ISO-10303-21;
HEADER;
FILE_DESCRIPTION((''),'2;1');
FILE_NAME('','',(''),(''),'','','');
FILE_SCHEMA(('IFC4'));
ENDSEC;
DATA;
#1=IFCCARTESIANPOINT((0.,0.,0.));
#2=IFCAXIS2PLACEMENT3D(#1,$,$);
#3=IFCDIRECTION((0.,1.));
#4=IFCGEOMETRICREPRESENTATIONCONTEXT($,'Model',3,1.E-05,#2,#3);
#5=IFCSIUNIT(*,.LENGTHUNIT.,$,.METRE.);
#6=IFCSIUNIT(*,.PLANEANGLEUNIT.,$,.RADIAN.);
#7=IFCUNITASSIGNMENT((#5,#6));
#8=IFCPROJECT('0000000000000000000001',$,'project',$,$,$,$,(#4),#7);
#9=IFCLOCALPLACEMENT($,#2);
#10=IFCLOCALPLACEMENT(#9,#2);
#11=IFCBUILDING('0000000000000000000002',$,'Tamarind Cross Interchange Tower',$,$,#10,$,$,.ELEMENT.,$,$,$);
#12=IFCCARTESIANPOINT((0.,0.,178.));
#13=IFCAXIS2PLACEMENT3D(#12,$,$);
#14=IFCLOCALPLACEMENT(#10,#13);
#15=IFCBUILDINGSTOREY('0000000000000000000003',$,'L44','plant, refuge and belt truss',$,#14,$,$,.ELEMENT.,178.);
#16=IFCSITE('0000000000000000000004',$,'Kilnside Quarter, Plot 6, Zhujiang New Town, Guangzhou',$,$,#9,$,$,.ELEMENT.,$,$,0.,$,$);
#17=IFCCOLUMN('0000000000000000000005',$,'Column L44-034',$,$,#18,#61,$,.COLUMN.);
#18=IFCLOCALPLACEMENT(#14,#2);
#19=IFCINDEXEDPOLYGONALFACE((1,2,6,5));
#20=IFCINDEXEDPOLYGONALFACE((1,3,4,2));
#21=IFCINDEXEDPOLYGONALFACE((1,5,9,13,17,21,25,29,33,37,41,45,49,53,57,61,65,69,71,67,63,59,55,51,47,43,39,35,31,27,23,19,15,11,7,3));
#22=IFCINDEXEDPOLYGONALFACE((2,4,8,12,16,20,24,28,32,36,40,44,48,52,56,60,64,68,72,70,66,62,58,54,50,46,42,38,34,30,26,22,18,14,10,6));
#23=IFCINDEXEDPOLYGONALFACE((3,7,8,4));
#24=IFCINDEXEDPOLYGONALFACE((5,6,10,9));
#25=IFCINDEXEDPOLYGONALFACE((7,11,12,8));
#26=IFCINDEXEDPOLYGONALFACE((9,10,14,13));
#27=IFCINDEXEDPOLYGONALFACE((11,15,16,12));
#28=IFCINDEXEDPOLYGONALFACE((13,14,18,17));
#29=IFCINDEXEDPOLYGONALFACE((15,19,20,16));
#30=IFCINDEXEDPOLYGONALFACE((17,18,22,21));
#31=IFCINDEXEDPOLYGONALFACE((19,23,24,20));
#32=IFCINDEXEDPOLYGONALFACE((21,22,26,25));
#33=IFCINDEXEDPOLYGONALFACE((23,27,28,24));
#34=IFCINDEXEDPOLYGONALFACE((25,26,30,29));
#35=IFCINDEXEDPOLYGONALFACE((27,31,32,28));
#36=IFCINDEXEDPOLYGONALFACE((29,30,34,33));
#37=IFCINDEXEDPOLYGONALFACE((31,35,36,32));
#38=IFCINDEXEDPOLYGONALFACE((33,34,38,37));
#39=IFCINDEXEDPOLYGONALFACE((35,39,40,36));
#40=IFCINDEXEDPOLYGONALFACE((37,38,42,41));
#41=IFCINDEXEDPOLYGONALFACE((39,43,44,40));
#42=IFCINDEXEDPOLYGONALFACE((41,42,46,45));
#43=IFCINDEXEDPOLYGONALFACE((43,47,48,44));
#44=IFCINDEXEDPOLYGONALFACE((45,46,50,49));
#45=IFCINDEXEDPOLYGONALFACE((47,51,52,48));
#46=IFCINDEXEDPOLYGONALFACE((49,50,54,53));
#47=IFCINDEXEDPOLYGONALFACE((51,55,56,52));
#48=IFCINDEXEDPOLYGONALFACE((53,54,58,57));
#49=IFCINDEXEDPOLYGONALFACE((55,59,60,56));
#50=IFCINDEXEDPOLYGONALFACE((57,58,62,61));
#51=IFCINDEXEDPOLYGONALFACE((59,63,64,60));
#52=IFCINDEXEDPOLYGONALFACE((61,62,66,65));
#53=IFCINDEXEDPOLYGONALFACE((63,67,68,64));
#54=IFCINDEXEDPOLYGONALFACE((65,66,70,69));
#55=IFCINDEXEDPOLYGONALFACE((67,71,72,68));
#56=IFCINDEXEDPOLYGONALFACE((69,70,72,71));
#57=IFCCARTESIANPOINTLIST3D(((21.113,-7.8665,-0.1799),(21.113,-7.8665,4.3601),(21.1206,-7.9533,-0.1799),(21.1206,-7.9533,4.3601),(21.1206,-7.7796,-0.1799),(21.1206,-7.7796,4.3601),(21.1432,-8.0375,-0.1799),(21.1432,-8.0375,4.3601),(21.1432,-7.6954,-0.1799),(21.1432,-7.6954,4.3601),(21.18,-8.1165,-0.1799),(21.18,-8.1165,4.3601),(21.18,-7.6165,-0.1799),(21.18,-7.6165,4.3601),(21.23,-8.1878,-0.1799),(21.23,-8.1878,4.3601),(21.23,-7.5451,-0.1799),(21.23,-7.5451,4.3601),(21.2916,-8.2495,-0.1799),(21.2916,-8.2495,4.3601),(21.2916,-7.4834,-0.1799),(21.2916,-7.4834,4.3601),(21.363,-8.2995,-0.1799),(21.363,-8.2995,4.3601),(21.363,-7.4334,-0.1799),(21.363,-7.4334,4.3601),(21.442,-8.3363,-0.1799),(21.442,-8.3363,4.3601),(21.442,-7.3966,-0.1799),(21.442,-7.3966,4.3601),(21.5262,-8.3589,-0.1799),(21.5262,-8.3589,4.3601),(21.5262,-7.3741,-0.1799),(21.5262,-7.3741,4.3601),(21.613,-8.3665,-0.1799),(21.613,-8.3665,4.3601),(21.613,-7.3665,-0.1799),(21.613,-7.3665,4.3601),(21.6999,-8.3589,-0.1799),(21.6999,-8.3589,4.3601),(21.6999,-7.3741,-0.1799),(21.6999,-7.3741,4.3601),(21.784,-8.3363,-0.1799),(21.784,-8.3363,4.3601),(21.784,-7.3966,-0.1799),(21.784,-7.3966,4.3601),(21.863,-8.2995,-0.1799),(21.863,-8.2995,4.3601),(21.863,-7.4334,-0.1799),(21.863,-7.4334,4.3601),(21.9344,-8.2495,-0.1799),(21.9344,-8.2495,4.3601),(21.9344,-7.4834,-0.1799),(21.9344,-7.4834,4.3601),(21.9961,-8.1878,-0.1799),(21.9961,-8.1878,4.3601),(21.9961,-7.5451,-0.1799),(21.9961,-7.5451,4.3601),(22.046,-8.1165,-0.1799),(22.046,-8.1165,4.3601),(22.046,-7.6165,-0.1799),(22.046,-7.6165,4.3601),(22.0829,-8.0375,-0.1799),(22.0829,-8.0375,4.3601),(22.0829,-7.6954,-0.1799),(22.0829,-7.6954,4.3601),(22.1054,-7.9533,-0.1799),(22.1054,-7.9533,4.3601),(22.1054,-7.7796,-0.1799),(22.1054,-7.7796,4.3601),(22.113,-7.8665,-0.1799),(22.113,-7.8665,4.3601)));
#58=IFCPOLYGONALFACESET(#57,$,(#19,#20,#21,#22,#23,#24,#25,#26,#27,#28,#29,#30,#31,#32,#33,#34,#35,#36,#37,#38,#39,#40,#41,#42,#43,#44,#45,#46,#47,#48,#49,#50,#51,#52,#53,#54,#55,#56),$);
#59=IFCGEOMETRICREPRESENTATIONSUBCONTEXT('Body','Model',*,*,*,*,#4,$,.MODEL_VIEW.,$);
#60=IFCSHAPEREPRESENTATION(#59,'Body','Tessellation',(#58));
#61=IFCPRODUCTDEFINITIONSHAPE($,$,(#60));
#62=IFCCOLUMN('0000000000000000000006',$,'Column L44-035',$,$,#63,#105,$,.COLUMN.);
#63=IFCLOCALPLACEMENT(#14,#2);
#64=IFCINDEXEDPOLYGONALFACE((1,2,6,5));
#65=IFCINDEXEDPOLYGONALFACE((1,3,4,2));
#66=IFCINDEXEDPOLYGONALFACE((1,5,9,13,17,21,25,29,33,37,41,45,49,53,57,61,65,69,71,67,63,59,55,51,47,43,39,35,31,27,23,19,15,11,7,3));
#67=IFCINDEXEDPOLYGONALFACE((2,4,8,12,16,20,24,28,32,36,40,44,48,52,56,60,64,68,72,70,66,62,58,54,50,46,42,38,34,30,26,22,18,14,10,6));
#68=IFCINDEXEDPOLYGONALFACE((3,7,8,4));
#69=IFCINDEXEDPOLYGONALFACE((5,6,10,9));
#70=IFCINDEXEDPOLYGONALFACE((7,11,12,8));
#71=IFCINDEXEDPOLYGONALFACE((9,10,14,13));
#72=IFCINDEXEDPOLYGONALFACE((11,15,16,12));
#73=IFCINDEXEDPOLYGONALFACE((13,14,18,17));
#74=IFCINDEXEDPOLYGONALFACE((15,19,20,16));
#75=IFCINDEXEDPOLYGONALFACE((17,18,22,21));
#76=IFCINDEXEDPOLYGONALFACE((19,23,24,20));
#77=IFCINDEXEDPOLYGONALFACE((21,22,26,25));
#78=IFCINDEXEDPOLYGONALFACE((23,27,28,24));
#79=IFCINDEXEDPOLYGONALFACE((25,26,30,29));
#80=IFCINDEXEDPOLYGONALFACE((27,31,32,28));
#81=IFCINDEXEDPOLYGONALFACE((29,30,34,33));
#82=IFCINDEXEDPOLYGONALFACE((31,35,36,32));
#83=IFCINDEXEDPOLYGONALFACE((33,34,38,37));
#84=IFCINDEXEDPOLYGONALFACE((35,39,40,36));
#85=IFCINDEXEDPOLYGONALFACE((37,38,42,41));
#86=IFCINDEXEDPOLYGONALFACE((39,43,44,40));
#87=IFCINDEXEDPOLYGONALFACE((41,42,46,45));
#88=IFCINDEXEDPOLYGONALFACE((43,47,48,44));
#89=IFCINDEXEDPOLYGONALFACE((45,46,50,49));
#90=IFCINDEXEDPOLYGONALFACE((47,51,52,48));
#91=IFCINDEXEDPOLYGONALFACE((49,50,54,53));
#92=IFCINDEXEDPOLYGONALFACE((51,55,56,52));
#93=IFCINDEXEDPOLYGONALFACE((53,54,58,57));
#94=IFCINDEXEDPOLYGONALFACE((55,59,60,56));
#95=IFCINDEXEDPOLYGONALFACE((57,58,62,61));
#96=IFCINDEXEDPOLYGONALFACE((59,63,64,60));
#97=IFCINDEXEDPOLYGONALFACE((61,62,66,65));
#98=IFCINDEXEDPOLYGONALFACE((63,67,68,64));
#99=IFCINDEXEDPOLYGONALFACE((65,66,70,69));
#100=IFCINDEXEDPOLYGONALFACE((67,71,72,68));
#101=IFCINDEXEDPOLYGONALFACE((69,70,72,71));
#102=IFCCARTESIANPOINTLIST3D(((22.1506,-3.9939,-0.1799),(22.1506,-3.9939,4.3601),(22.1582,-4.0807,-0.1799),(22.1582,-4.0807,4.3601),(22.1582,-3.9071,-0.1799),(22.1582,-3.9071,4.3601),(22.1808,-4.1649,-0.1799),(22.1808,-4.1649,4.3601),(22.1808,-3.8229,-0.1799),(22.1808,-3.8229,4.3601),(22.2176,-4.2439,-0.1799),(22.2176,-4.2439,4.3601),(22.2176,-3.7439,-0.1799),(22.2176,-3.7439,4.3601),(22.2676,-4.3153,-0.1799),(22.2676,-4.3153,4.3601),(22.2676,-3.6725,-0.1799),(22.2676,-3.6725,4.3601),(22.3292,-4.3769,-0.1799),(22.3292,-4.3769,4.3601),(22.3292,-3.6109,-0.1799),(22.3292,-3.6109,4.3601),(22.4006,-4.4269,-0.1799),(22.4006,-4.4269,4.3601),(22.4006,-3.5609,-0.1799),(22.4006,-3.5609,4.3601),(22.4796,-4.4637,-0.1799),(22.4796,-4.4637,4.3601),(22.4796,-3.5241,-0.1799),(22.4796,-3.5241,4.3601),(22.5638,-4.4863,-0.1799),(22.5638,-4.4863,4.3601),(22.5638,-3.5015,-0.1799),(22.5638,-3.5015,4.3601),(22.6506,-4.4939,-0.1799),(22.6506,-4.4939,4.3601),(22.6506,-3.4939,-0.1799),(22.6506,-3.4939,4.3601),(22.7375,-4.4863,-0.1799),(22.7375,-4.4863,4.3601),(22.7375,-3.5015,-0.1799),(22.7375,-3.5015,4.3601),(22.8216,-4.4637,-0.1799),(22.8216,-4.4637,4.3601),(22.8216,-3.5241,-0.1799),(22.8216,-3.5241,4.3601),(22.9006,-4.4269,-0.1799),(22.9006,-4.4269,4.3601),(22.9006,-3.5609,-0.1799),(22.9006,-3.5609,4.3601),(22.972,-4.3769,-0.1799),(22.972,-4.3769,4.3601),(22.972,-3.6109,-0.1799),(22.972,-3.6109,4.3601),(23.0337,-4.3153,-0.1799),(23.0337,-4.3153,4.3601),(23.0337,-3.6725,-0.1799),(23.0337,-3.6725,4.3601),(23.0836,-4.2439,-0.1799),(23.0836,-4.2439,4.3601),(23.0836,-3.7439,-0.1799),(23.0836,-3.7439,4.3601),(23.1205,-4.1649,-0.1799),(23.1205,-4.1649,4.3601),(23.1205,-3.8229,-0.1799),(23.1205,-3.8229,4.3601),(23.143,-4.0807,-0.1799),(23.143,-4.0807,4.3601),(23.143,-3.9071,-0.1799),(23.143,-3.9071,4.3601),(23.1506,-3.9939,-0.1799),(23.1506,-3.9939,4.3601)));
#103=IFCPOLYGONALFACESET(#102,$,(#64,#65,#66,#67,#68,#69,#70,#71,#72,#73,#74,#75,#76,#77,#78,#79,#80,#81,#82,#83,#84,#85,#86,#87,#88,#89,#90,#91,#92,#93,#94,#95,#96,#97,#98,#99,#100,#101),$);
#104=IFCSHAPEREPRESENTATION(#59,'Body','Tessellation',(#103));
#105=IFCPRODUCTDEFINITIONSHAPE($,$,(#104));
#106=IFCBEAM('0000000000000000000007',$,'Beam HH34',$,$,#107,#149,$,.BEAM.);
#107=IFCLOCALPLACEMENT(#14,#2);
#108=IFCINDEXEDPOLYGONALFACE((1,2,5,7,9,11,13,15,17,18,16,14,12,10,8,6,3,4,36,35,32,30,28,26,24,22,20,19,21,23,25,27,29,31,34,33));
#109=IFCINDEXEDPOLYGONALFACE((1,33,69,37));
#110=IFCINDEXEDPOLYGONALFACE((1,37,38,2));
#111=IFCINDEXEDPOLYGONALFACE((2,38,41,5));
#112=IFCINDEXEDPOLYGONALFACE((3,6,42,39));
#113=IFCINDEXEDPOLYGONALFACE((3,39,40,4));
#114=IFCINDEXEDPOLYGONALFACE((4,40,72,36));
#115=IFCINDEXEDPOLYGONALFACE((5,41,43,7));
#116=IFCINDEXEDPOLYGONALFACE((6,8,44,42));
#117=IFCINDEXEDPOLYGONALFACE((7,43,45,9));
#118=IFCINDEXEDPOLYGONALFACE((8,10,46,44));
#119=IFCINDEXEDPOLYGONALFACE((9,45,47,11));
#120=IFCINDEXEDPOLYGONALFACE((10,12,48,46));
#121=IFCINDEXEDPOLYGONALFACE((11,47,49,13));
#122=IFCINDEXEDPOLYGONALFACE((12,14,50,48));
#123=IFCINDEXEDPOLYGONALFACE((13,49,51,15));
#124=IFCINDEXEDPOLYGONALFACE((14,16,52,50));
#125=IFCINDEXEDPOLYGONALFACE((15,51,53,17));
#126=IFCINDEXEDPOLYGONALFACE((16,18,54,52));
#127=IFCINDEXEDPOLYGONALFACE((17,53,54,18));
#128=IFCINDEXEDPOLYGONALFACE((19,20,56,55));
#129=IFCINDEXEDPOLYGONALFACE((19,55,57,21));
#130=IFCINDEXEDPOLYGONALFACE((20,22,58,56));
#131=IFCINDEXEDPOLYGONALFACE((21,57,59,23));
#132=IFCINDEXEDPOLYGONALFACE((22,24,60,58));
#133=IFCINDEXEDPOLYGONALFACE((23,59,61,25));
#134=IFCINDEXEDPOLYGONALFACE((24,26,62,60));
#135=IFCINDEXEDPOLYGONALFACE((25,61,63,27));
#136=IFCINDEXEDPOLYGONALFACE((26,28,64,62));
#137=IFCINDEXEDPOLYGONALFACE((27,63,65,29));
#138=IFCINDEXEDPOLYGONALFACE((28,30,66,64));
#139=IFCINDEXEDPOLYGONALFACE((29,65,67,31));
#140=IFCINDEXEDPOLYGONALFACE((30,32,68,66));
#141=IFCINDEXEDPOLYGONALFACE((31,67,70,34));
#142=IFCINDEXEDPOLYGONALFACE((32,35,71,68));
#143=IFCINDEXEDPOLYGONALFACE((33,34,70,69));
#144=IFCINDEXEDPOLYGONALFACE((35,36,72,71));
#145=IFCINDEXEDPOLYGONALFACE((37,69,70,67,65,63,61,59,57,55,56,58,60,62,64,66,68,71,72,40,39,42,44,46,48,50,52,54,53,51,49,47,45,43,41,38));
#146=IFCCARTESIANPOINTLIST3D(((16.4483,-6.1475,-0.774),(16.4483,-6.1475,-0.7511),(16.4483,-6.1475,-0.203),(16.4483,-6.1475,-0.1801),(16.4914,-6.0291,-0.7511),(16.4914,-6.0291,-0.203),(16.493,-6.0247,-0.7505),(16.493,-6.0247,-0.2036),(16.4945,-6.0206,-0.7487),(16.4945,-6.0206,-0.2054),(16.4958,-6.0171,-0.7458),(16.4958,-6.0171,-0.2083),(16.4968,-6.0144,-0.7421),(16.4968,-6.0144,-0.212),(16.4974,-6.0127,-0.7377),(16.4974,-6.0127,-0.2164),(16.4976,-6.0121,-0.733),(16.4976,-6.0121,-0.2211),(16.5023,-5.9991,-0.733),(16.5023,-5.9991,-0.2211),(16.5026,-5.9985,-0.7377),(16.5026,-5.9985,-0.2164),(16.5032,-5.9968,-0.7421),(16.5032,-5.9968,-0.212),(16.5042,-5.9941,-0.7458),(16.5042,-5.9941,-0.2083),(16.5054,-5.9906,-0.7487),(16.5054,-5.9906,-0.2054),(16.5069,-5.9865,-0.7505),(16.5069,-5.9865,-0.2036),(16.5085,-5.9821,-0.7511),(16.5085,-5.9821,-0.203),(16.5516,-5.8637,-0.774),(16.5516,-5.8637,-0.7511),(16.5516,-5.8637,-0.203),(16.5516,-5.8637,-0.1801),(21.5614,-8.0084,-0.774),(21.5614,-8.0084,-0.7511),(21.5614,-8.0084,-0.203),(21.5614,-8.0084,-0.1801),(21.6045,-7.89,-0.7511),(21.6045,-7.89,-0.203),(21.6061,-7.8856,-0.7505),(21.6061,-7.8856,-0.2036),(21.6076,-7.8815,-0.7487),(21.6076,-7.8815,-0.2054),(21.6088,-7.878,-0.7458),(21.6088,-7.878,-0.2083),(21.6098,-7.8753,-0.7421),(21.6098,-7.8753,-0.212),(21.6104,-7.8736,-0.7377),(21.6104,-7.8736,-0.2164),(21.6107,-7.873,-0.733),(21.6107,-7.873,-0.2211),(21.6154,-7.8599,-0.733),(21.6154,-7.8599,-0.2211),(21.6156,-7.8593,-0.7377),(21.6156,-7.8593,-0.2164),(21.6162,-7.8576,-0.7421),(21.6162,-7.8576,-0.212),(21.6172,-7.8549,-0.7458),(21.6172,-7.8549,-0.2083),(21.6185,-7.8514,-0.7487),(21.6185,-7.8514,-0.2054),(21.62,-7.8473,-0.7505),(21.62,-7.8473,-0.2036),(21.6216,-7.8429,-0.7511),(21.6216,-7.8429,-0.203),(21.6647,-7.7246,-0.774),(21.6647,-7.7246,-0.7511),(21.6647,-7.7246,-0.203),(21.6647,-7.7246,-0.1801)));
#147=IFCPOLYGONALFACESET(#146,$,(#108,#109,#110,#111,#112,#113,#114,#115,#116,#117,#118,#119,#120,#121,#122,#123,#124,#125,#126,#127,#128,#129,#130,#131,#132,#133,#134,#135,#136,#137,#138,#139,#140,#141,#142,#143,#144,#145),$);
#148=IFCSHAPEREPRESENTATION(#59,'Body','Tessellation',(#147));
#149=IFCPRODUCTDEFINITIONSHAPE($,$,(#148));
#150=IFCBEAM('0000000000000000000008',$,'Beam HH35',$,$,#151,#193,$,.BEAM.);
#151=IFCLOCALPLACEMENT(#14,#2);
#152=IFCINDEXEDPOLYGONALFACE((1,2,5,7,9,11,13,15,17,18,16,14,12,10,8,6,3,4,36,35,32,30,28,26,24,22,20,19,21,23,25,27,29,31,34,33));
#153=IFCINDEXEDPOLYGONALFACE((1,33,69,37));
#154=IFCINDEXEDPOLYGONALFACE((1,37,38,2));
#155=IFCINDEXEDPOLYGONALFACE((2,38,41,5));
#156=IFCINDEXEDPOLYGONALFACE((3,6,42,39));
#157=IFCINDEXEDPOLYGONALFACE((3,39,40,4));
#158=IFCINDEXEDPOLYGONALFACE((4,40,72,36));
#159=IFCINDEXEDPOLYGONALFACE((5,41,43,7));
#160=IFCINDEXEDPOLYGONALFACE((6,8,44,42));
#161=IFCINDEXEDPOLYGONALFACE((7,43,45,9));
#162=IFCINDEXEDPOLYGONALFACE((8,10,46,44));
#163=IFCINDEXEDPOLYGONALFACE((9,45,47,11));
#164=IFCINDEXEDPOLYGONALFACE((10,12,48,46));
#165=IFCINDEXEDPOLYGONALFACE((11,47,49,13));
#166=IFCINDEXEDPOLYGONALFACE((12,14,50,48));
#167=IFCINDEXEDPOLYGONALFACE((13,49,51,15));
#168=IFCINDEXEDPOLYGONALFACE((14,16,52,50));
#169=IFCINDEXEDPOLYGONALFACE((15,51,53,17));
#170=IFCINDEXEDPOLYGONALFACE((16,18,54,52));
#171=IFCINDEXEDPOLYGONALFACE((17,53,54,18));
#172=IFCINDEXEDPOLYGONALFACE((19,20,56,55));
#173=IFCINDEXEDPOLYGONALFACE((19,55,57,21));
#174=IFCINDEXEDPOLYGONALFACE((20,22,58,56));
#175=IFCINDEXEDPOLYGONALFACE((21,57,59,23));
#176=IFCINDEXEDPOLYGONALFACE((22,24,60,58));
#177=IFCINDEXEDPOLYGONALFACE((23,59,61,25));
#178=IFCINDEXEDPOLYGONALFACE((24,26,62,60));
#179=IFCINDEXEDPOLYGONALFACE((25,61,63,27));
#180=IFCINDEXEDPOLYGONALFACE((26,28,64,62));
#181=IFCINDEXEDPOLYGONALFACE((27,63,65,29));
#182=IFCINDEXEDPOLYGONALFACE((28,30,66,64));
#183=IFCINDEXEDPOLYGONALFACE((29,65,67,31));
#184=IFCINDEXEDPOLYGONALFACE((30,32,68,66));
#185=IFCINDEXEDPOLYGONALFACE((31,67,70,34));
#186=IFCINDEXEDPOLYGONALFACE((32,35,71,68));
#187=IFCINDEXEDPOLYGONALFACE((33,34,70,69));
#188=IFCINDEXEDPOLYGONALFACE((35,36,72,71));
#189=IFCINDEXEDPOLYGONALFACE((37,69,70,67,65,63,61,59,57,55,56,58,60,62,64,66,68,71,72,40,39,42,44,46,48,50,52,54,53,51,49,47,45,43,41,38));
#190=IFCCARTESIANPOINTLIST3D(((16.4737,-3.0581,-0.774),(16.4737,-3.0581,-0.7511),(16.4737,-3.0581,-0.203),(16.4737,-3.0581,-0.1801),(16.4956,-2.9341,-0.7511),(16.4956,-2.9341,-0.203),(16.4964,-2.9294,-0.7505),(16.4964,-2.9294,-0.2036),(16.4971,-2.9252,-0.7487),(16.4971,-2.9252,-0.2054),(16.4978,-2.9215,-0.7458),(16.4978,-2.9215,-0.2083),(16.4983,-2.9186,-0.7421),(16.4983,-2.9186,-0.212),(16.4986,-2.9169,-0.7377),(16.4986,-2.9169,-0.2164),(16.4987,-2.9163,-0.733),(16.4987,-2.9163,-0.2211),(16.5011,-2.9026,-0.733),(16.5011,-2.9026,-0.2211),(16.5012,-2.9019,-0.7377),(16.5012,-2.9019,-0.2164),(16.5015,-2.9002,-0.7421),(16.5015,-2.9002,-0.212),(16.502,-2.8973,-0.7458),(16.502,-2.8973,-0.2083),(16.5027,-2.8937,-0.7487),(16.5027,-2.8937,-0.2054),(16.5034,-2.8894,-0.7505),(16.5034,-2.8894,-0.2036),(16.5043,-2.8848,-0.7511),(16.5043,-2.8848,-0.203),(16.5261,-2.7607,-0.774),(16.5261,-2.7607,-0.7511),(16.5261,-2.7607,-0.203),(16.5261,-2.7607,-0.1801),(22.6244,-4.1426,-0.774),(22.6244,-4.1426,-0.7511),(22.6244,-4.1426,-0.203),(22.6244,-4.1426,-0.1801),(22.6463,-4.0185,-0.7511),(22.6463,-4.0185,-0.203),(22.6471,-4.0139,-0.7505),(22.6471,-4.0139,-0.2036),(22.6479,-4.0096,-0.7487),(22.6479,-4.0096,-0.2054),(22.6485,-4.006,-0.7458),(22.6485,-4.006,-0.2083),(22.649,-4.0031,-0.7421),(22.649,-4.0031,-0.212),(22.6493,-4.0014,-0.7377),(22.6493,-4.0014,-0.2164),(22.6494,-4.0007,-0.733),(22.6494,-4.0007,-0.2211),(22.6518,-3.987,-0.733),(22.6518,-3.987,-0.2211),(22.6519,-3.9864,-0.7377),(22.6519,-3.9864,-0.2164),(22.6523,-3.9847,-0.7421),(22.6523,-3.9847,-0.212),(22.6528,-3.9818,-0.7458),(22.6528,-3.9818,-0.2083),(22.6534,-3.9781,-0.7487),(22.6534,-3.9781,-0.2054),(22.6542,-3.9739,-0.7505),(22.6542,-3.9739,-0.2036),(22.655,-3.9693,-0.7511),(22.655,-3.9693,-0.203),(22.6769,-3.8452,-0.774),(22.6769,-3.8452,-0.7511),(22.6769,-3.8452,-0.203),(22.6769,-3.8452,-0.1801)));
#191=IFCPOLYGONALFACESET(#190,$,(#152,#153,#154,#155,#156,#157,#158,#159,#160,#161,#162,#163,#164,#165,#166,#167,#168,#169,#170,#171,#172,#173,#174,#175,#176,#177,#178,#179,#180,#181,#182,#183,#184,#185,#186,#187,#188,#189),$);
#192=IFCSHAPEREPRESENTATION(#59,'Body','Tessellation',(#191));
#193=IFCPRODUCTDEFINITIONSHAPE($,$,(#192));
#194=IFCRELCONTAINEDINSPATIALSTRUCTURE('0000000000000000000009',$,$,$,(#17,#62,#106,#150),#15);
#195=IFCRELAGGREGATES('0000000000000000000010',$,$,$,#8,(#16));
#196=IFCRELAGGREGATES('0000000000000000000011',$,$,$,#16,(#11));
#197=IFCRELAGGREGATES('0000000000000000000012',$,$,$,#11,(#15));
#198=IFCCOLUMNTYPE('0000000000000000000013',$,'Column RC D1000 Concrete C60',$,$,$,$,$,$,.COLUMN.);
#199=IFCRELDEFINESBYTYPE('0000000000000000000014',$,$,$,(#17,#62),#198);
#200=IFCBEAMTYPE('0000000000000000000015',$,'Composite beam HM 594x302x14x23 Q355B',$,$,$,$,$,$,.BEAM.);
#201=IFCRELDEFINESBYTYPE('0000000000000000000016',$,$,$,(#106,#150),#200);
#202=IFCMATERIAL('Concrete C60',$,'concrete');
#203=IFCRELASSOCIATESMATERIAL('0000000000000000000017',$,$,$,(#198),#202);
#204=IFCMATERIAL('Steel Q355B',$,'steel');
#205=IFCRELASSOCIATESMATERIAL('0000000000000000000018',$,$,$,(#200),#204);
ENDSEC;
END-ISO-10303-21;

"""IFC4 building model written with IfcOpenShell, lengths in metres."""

from ifc_helpers import new_model, si_unit, direction, frame, origin, origin_2d, place, context, subcontext, project, spatial, circle, i_section, extrude, material, material_profile, profile_set, type_object, element, save


model = new_model("IFC4")

# Units and contexts
model_context = context("Model", 3, precision=1e-05, world=origin(), true_north=direction((0.0, 1.0)))
body_context = subcontext(model_context, "Body", "Model", "MODEL_VIEW")
ifc_project = project(units=[si_unit("LENGTHUNIT", "METRE"), si_unit("PLANEANGLEUNIT", "RADIAN")], contexts=[model_context])

# Site, building, storey
site_placement = place(None, origin())
site = spatial("IfcSite", under=ifc_project, at=site_placement, Name="Kilnside Quarter, Plot 6, Zhujiang New Town, Guangzhou", CompositionType="ELEMENT", RefElevation=0.0)
building_placement = place(site_placement, origin())
building = spatial("IfcBuilding", under=site, at=building_placement, Name="Tamarind Cross Interchange Tower", CompositionType="ELEMENT")
storey_placement = place(building_placement, frame((0.0, 0.0, 178.0)))
storey = spatial("IfcBuildingStorey", under=building, at=storey_placement, Name="L44", Description="plant, refuge and belt truss", CompositionType="ELEMENT", Elevation=178.0)

# Columns
ifc_material_1 = material(Name="Concrete C60", Category="concrete")
ifc_material_profile_1 = material_profile(ifc_material_1, circle(Radius=0.5, at=origin_2d()), Name="RC D1000")
ifc_profile_set_1 = profile_set([ifc_material_profile_1], Name="Concrete C60")
column_type = type_object("IfcColumnType", Name="Column RC D1000 Concrete C60", PredefinedType="COLUMN", material=ifc_profile_set_1)
for number, where, z_axis, x_axis, name in (
    (1, (21.613, -7.8665, -0.1799), (0.0, 0.0, 1.0), (1.0, 0.0, 0.0), "Column L44-034"),
    (2, (22.6506, -3.9939, -0.1799), (0.0, 0.0, 1.0), (1.0, 0.0, 0.0), "Column L44-035"),
):
    element("IfcColumn", number, at=place(storey_placement, frame(where, z_axis=z_axis, x_axis=x_axis)), inside=storey, type_object=column_type, Name=name, PredefinedType="COLUMN", context=body_context, shape_type="SweptSolid", body=[
        extrude(circle(Radius=0.5, at=origin_2d()), origin(), (0.0, 0.0, 1.0), 4.54),
    ])

# Beams
ifc_material_2 = material(Name="Steel Q355B", Category="steel")
ifc_material_profile_2 = material_profile(ifc_material_2, i_section(OverallWidth=0.302, OverallDepth=0.594, WebThickness=0.0139, FlangeThickness=0.0229, FilletRadius=0.0181, at=origin_2d()), Name="HM 594x302x14x23")
ifc_profile_set_2 = profile_set([ifc_material_profile_2], Name="Steel Q355B")
beam_type = type_object("IfcBeamType", Name="Composite beam HM 594x302x14x23 Q355B", PredefinedType="BEAM", material=ifc_profile_set_2)
beam_1_placement = place(storey_placement, frame((21.613, -7.8665, -0.4771), z_axis=(-0.939702, 0.341995, 0.0), x_axis=(-0.341995, -0.939702, 0.0)))
element("IfcBeam", 3, at=beam_1_placement, inside=storey, type_object=beam_type, Name="Beam HH34", PredefinedType="BEAM", context=body_context, shape_type="SweptSolid", body=[
    extrude(i_section(OverallWidth=0.302, OverallDepth=0.594, WebThickness=0.0139, FlangeThickness=0.0229, FilletRadius=0.0181, at=origin_2d()), origin(), (0.0, 0.0, 1.0), 5.4412),
])
beam_2_placement = place(storey_placement, frame((22.6506, -3.9939, -0.4771), z_axis=(-0.984809, 0.17364, 0.0), x_axis=(-0.17364, -0.984809, 0.0)))
element("IfcBeam", 4, at=beam_2_placement, inside=storey, type_object=beam_type, Name="Beam HH35", PredefinedType="BEAM", context=body_context, shape_type="SweptSolid", body=[
    extrude(i_section(OverallWidth=0.302, OverallDepth=0.594, WebThickness=0.0139, FlangeThickness=0.0229, FilletRadius=0.0181, at=origin_2d()), origin(), (0.0, 0.0, 1.0), 6.2456),
])

save(model, "model.ifc")
